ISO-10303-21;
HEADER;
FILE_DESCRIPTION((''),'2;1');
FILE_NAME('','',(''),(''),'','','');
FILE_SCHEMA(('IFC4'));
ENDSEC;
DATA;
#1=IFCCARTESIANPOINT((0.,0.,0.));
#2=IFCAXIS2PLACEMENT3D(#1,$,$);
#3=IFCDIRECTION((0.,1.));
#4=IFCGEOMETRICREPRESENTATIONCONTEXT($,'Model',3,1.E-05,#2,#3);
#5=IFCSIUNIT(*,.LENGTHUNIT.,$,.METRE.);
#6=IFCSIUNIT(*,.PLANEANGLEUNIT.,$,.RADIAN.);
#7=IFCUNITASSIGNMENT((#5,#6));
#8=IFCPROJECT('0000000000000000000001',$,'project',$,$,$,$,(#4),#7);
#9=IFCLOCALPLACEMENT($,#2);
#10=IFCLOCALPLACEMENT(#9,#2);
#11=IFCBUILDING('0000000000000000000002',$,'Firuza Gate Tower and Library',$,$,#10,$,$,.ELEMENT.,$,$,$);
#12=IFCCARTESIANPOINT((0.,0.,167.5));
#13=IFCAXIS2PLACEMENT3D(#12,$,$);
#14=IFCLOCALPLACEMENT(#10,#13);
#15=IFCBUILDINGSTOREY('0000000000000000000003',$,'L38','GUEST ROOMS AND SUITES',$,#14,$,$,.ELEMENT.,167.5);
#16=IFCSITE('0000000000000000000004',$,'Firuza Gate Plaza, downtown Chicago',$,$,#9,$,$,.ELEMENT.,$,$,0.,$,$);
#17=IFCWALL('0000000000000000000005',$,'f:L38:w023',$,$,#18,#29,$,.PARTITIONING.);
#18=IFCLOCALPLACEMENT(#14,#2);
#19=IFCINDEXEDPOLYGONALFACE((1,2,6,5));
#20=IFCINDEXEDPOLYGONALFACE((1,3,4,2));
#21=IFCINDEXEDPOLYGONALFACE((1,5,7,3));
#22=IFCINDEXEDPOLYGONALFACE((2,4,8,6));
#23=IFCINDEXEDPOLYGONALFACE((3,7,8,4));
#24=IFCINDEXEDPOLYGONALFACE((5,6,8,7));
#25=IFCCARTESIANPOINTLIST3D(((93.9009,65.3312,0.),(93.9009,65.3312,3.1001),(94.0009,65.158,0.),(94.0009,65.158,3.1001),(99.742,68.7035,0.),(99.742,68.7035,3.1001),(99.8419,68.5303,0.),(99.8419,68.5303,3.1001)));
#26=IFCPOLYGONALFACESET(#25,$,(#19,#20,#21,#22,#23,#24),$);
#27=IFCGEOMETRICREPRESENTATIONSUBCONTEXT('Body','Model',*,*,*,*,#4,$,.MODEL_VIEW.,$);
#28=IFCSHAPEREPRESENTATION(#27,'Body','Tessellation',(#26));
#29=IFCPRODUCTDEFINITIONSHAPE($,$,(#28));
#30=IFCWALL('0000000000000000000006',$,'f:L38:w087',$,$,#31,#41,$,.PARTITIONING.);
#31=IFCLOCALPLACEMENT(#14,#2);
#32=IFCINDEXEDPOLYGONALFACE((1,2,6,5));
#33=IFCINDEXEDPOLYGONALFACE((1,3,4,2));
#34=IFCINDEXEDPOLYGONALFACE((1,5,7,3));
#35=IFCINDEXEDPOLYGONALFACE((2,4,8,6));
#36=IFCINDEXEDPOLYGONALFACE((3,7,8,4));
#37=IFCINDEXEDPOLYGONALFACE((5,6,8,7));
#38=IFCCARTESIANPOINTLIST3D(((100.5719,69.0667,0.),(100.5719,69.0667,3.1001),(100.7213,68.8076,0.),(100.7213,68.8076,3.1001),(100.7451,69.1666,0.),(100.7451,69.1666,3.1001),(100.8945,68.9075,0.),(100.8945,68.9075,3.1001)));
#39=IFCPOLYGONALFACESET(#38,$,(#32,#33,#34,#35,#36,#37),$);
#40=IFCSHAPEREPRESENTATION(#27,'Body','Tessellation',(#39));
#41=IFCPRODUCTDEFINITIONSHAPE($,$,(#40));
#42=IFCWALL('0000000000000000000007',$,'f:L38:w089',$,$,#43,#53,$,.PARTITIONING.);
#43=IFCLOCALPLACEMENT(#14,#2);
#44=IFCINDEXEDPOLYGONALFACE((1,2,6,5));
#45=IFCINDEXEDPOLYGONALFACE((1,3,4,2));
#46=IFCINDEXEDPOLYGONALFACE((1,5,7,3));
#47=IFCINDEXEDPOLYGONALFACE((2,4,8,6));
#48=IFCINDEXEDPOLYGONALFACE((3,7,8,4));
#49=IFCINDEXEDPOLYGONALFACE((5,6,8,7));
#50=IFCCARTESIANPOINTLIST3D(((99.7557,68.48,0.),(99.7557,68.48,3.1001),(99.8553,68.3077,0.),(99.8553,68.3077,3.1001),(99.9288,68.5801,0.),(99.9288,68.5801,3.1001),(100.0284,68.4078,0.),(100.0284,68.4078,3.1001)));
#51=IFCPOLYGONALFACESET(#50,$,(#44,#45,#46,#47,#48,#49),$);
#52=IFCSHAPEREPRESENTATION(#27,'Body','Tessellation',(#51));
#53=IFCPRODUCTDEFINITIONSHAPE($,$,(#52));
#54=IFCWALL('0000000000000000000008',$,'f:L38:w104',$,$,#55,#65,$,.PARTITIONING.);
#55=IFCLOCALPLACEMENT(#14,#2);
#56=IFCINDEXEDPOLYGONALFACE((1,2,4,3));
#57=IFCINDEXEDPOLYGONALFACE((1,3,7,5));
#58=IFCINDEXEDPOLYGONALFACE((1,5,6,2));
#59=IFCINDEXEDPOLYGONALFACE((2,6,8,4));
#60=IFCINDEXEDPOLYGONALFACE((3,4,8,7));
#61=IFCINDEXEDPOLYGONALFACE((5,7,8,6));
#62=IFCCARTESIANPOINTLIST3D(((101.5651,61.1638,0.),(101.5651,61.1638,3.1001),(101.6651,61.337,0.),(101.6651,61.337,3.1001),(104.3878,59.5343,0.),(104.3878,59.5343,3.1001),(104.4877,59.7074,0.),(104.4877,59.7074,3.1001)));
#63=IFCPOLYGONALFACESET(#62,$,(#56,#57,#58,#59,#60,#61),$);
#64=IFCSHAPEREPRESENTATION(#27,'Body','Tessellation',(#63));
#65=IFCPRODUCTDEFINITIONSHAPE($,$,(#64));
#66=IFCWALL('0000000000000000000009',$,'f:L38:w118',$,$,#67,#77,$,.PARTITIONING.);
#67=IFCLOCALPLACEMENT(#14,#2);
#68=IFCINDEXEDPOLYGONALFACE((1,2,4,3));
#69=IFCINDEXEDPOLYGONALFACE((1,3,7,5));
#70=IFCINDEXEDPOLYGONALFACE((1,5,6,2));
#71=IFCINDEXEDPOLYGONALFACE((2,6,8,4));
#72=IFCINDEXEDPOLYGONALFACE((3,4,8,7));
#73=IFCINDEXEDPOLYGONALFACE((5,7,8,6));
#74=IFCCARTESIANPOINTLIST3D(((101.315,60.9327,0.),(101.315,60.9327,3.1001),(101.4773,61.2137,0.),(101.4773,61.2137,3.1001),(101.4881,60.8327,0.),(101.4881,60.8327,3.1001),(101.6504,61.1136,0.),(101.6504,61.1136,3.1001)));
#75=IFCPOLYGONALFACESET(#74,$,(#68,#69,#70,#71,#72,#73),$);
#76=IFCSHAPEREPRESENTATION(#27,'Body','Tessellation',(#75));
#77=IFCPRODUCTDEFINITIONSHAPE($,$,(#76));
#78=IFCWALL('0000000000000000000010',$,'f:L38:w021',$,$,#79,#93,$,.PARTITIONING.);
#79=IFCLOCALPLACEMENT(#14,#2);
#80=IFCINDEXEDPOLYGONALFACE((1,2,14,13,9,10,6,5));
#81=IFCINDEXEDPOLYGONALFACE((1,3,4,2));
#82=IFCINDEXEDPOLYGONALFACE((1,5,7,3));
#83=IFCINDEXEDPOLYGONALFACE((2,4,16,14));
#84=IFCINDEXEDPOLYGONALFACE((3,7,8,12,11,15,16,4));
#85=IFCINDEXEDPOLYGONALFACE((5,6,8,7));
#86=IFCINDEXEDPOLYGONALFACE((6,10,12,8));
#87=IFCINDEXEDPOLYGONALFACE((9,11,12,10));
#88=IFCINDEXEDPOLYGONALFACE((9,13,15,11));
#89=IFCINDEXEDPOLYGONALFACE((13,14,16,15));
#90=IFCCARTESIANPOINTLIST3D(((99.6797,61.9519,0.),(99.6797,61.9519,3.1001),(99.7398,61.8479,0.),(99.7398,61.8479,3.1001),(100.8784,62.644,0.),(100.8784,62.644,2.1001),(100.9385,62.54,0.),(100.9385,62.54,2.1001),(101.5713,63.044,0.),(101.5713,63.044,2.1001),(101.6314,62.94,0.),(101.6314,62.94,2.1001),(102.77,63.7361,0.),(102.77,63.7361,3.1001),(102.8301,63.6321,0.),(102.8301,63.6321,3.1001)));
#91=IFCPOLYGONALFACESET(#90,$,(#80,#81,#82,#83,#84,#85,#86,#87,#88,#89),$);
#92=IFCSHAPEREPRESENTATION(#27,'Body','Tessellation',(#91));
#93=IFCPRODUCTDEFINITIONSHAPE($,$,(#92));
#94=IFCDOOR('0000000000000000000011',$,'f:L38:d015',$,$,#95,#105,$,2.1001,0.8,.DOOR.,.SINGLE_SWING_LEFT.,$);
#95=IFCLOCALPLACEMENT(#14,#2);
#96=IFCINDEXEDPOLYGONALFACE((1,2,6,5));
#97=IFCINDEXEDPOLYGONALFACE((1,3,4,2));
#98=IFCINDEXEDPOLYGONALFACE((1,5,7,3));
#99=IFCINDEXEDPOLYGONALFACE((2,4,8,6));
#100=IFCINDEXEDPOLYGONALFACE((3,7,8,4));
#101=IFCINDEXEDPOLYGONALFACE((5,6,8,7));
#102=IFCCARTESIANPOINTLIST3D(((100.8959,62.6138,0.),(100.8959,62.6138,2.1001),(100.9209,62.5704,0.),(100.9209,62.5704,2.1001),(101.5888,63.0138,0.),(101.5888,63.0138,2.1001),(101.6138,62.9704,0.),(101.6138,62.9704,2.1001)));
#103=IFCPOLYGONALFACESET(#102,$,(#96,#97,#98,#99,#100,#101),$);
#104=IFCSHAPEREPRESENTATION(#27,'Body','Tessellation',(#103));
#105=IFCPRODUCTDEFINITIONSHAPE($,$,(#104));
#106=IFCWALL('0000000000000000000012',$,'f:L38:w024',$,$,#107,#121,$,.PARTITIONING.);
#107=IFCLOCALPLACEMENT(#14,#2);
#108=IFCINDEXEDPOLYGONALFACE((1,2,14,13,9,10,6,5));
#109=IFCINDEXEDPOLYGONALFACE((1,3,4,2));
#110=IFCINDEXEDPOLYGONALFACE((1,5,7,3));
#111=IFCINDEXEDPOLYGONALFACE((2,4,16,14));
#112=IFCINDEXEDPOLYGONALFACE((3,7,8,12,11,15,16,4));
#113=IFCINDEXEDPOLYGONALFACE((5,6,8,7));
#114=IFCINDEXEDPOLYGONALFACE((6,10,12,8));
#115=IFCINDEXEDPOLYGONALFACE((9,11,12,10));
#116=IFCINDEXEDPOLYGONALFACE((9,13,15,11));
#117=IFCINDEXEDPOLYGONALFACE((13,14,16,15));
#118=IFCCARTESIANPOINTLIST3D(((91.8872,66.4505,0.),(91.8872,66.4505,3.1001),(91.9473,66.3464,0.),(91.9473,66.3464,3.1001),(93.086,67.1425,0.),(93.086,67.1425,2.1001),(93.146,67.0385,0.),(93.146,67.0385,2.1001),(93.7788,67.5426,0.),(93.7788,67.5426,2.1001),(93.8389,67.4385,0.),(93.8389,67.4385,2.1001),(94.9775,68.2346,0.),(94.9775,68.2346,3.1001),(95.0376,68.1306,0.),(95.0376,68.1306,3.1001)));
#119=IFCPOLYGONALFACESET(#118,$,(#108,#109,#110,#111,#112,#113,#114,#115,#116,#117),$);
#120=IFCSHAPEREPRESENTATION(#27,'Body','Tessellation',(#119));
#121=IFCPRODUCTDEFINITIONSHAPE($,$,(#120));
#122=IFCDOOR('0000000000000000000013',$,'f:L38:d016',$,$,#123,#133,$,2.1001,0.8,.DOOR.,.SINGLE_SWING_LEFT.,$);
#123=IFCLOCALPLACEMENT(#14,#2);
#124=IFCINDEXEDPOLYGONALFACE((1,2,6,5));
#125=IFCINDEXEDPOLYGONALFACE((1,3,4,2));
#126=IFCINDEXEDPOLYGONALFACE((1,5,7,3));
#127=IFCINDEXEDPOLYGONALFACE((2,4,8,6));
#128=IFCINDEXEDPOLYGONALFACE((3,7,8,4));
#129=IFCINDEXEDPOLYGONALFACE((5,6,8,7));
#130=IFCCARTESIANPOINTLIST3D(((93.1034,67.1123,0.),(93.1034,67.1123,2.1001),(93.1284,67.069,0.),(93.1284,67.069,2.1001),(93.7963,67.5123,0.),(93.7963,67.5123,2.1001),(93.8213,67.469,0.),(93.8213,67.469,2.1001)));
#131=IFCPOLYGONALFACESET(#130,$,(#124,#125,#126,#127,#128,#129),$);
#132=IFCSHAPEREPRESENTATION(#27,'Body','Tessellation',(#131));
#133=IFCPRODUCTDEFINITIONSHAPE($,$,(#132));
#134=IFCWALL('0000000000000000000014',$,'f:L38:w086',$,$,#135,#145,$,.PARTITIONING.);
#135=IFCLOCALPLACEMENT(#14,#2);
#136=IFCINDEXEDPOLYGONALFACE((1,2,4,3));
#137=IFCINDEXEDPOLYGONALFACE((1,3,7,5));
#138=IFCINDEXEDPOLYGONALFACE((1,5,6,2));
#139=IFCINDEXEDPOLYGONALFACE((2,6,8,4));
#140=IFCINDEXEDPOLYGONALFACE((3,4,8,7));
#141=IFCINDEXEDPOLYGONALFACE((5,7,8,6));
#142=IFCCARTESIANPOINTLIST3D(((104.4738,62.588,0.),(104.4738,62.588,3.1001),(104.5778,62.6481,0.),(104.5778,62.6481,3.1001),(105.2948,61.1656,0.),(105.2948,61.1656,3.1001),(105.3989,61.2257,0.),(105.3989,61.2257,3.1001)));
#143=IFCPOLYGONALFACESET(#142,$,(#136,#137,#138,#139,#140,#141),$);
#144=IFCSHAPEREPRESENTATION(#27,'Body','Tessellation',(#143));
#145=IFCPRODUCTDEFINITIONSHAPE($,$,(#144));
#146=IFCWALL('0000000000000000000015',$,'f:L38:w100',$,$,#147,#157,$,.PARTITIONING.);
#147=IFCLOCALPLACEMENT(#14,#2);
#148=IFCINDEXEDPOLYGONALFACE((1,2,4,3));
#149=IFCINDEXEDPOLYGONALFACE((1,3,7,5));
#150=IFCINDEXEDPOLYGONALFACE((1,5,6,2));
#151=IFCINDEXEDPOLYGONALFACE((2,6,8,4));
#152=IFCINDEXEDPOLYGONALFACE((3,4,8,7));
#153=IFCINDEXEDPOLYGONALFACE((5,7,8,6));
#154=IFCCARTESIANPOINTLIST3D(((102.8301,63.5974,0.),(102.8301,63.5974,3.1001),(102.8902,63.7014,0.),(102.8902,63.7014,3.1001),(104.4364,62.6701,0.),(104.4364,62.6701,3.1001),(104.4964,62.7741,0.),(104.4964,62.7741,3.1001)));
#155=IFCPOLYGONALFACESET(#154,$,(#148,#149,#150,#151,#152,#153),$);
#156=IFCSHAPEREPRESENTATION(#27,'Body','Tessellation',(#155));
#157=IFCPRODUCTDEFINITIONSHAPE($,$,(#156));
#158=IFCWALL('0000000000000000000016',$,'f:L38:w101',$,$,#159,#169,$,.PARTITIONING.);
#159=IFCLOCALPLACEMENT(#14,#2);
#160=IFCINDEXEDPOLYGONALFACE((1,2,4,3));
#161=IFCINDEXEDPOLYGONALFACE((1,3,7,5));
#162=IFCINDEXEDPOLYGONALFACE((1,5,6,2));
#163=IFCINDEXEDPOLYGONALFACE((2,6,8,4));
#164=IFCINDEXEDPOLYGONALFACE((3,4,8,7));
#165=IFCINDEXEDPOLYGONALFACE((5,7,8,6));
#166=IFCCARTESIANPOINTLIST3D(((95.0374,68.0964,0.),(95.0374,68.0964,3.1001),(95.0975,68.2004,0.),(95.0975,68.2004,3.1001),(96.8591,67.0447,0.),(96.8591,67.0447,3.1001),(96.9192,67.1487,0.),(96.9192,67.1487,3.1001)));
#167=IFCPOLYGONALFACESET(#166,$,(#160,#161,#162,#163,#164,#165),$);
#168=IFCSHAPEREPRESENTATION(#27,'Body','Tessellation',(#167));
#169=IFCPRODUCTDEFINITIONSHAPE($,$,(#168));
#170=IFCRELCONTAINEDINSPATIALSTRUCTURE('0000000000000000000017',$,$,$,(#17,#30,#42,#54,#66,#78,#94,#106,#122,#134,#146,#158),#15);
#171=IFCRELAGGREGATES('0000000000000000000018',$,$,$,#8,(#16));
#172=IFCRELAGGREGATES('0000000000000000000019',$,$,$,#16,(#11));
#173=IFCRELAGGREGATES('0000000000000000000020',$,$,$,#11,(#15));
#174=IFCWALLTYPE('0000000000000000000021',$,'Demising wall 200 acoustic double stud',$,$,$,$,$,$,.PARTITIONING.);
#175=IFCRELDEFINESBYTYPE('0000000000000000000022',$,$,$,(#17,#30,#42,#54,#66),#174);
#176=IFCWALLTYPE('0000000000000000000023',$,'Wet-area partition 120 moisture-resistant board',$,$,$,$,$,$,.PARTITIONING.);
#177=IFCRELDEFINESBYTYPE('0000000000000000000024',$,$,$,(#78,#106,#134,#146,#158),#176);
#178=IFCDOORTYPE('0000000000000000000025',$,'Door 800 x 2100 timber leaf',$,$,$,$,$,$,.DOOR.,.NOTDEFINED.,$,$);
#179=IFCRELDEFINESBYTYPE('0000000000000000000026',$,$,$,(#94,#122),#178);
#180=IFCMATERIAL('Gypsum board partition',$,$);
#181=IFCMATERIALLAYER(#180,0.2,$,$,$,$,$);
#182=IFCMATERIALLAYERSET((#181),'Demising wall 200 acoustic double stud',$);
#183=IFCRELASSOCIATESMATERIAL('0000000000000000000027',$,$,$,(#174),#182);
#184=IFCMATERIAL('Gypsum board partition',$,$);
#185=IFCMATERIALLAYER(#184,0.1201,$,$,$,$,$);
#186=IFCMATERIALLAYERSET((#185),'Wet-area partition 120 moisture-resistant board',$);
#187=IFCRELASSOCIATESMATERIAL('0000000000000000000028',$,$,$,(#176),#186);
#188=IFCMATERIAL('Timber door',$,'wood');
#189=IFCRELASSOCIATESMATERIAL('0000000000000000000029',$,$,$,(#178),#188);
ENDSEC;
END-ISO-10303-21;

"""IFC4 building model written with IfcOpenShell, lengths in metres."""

from ifc_helpers import new_model, si_unit, direction, frame, frame_2d, origin, place, context, subcontext, project, spatial, rectangle, extrude, material, layer, layer_set, type_object, element, fill, save


model = new_model("IFC4")

# Units and contexts
model_context = context("Model", 3, precision=1e-05, world=origin(), true_north=direction((0.0, 1.0)))
body_context = subcontext(model_context, "Body", "Model", "MODEL_VIEW")
ifc_project = project(units=[si_unit("LENGTHUNIT", "METRE"), si_unit("PLANEANGLEUNIT", "RADIAN")], contexts=[model_context])

# Site, building, storey
site_placement = place(None, origin())
site = spatial("IfcSite", under=ifc_project, at=site_placement, Name="Firuza Gate Plaza, downtown Chicago", CompositionType="ELEMENT", RefElevation=0.0)
building_placement = place(site_placement, origin())
building = spatial("IfcBuilding", under=site, at=building_placement, Name="Firuza Gate Tower and Library", CompositionType="ELEMENT")
storey_placement = place(building_placement, frame((0.0, 0.0, 167.5)))
storey = spatial("IfcBuildingStorey", under=building, at=storey_placement, Name="L38", Description="GUEST ROOMS AND SUITES", CompositionType="ELEMENT", Elevation=167.5)

# Walls
ifc_material_1 = material(Name="Gypsum board partition")
ifc_layer_1 = layer(ifc_material_1, 0.2)
ifc_layer_set_1 = layer_set([ifc_layer_1], Name="Demising wall 200 acoustic double stud")
wall_type_1 = type_object("IfcWallType", Name="Demising wall 200 acoustic double stud", PredefinedType="PARTITIONING", material=ifc_layer_set_1)
wall_1_placement = place(storey_placement, frame((93.9509, 65.2446, 0.0), z_axis=(0.0, 0.0, 1.0), x_axis=(0.866027, 0.499997, 0.0)))
element("IfcWall", 1, at=wall_1_placement, inside=storey, type_object=wall_type_1, Name="f:L38:w023", PredefinedType="PARTITIONING", context=body_context, shape_type="SweptSolid", body=[
    extrude(rectangle(XDim=6.7446, YDim=0.2, at=frame_2d((3.3723, 0.0))), origin(), (0.0, 0.0, 1.0), 3.1001),
])
wall_2_placement = place(storey_placement, frame((100.8079, 68.8577, 0.0), z_axis=(0.0, 0.0, 1.0), x_axis=(-0.499652, 0.866226, 0.0)))
element("IfcWall", 2, at=wall_2_placement, inside=storey, type_object=wall_type_1, Name="f:L38:w087", PredefinedType="PARTITIONING", context=body_context, shape_type="SweptSolid", body=[
    extrude(rectangle(XDim=0.2991, YDim=0.2, at=frame_2d((0.1494, 0.0))), origin(), (0.0, 0.0, 1.0), 3.1001),
])
wall_3_placement = place(storey_placement, frame((99.9419, 68.3577, 0.0), z_axis=(0.0, 0.0, 1.0), x_axis=(-0.500359, 0.865818, 0.0)))
element("IfcWall", 3, at=wall_3_placement, inside=storey, type_object=wall_type_1, Name="f:L38:w089", PredefinedType="PARTITIONING", context=body_context, shape_type="SweptSolid", body=[
    extrude(rectangle(XDim=0.199, YDim=0.2, at=frame_2d((0.0996, 0.0))), origin(), (0.0, 0.0, 1.0), 3.1001),
])
wall_4_placement = place(storey_placement, frame((104.4377, 59.6208, 0.0), z_axis=(0.0, 0.0, 1.0), x_axis=(-0.866036, 0.499982, 0.0)))
element("IfcWall", 4, at=wall_4_placement, inside=storey, type_object=wall_type_1, Name="f:L38:w104", PredefinedType="PARTITIONING", context=body_context, shape_type="SweptSolid", body=[
    extrude(rectangle(XDim=3.2593, YDim=0.2, at=frame_2d((1.6296, 0.0))), origin(), (0.0, 0.0, 1.0), 3.1001),
])
wall_5_placement = place(storey_placement, frame((101.4016, 60.8828, 0.0), z_axis=(0.0, 0.0, 1.0), x_axis=(0.500265, 0.865872, 0.0)))
element("IfcWall", 5, at=wall_5_placement, inside=storey, type_object=wall_type_1, Name="f:L38:w118", PredefinedType="PARTITIONING", context=body_context, shape_type="SweptSolid", body=[
    extrude(rectangle(XDim=0.3245, YDim=0.2, at=frame_2d((0.1621, 0.0))), origin(), (0.0, 0.0, 1.0), 3.1001),
])

# Walls, openings, doors
ifc_material_2 = material(Name="Gypsum board partition")
ifc_layer_2 = layer(ifc_material_2, 0.1201)
ifc_layer_set_2 = layer_set([ifc_layer_2], Name="Wet-area partition 120 moisture-resistant board")
wall_type_2 = type_object("IfcWallType", Name="Wet-area partition 120 moisture-resistant board", PredefinedType="PARTITIONING", material=ifc_layer_set_2)
wall_6_placement = place(storey_placement, frame((102.8, 63.6841, 0.0), z_axis=(0.0, 0.0, 1.0), x_axis=(-0.866028, -0.499995, 0.0)))
wall_6 = element("IfcWall", 6, at=wall_6_placement, inside=storey, type_object=wall_type_2, Name="f:L38:w021", PredefinedType="PARTITIONING", context=body_context, shape_type="SweptSolid", body=[
    extrude(rectangle(XDim=3.5684, YDim=0.1201, at=frame_2d((1.7842, 0.0))), origin(), (0.0, 0.0, 1.0), 3.1001),
])
opening_1_placement = place(wall_6_placement, frame((1.3843, 0.0, 0.0)))
opening_1 = element("IfcOpeningElement", 7, at=opening_1_placement, cuts=wall_6, PredefinedType="OPENING", context=body_context, shape_type="SweptSolid", body=[
    extrude(rectangle(XDim=0.8, YDim=2.1001, at=frame_2d((0.3999, 1.05))), frame((0.0, 0.0701, 0.0), z_axis=(0.0, -1.0, 0.0), x_axis=(1.0, 0.0, 0.0)), (0.0, 0.0, 1.0), 0.1401),
])
ifc_material_3 = material(Name="Timber door", Category="wood")
door_type = type_object("IfcDoorType", Name="Door 800 x 2100 timber leaf", OperationType="NOTDEFINED", PredefinedType="DOOR", material=ifc_material_3)
door_1_placement = place(opening_1_placement, origin())
door_1 = element("IfcDoor", 8, at=door_1_placement, inside=storey, type_object=door_type, Name="f:L38:d015", OperationType="SINGLE_SWING_LEFT", OverallHeight=2.1001, OverallWidth=0.8, PredefinedType="DOOR", context=body_context, shape_type="SweptSolid", body=[
    extrude(rectangle(XDim=0.8, YDim=2.1001, at=frame_2d((0.3999, 1.05))), frame((0.0, 0.0249, 0.0), z_axis=(0.0, -1.0, 0.0), x_axis=(1.0, 0.0, 0.0)), (0.0, 0.0, 1.0), 0.05),
])
fill(opening_1, door_1)
wall_7_placement = place(storey_placement, frame((95.0076, 68.1826, 0.0), z_axis=(0.0, 0.0, 1.0), x_axis=(-0.866028, -0.499995, 0.0)))
wall_7 = element("IfcWall", 9, at=wall_7_placement, inside=storey, type_object=wall_type_2, Name="f:L38:w024", PredefinedType="PARTITIONING", context=body_context, shape_type="SweptSolid", body=[
    extrude(rectangle(XDim=3.5684, YDim=0.1201, at=frame_2d((1.7842, 0.0))), origin(), (0.0, 0.0, 1.0), 3.1001),
])
opening_2_placement = place(wall_7_placement, frame((1.3843, 0.0, 0.0)))
opening_2 = element("IfcOpeningElement", 10, at=opening_2_placement, cuts=wall_7, PredefinedType="OPENING", context=body_context, shape_type="SweptSolid", body=[
    extrude(rectangle(XDim=0.8, YDim=2.1001, at=frame_2d((0.3999, 1.05))), frame((0.0, 0.0701, 0.0), z_axis=(0.0, -1.0, 0.0), x_axis=(1.0, 0.0, 0.0)), (0.0, 0.0, 1.0), 0.1401),
])
door_2_placement = place(opening_2_placement, origin())
door_2 = element("IfcDoor", 11, at=door_2_placement, inside=storey, type_object=door_type, Name="f:L38:d016", OperationType="SINGLE_SWING_LEFT", OverallHeight=2.1001, OverallWidth=0.8, PredefinedType="DOOR", context=body_context, shape_type="SweptSolid", body=[
    extrude(rectangle(XDim=0.8, YDim=2.1001, at=frame_2d((0.3999, 1.05))), frame((0.0, 0.0249, 0.0), z_axis=(0.0, -1.0, 0.0), x_axis=(1.0, 0.0, 0.0)), (0.0, 0.0, 1.0), 0.05),
])
fill(opening_2, door_2)

# Walls
wall_8_placement = place(storey_placement, frame((105.3469, 61.1956, 0.0), z_axis=(0.0, 0.0, 1.0), x_axis=(-0.499928, 0.866067, 0.0)))
element("IfcWall", 12, at=wall_8_placement, inside=storey, type_object=wall_type_2, Name="f:L38:w086", PredefinedType="PARTITIONING", context=body_context, shape_type="SweptSolid", body=[
    extrude(rectangle(XDim=1.6423, YDim=0.1201, at=frame_2d((0.8213, 0.0))), origin(), (0.0, 0.0, 1.0), 3.1001),
])
wall_9_placement = place(storey_placement, frame((104.4663, 62.7222, 0.0), z_axis=(0.0, 0.0, 1.0), x_axis=(-0.866047, 0.499962, 0.0)))
element("IfcWall", 13, at=wall_9_placement, inside=storey, type_object=wall_type_2, Name="f:L38:w100", PredefinedType="PARTITIONING", context=body_context, shape_type="SweptSolid", body=[
    extrude(rectangle(XDim=1.8547, YDim=0.1201, at=frame_2d((0.9272, 0.0))), origin(), (0.0, 0.0, 1.0), 3.1001),
])
wall_10_placement = place(storey_placement, frame((96.8892, 67.0967, 0.0), z_axis=(0.0, 0.0, 1.0), x_axis=(-0.866035, 0.499984, 0.0)))
element("IfcWall", 14, at=wall_10_placement, inside=storey, type_object=wall_type_2, Name="f:L38:w101", PredefinedType="PARTITIONING", context=body_context, shape_type="SweptSolid", body=[
    extrude(rectangle(XDim=2.1035, YDim=0.1201, at=frame_2d((1.0518, 0.0))), origin(), (0.0, 0.0, 1.0), 3.1001),
])

save(model, "model.ifc")
